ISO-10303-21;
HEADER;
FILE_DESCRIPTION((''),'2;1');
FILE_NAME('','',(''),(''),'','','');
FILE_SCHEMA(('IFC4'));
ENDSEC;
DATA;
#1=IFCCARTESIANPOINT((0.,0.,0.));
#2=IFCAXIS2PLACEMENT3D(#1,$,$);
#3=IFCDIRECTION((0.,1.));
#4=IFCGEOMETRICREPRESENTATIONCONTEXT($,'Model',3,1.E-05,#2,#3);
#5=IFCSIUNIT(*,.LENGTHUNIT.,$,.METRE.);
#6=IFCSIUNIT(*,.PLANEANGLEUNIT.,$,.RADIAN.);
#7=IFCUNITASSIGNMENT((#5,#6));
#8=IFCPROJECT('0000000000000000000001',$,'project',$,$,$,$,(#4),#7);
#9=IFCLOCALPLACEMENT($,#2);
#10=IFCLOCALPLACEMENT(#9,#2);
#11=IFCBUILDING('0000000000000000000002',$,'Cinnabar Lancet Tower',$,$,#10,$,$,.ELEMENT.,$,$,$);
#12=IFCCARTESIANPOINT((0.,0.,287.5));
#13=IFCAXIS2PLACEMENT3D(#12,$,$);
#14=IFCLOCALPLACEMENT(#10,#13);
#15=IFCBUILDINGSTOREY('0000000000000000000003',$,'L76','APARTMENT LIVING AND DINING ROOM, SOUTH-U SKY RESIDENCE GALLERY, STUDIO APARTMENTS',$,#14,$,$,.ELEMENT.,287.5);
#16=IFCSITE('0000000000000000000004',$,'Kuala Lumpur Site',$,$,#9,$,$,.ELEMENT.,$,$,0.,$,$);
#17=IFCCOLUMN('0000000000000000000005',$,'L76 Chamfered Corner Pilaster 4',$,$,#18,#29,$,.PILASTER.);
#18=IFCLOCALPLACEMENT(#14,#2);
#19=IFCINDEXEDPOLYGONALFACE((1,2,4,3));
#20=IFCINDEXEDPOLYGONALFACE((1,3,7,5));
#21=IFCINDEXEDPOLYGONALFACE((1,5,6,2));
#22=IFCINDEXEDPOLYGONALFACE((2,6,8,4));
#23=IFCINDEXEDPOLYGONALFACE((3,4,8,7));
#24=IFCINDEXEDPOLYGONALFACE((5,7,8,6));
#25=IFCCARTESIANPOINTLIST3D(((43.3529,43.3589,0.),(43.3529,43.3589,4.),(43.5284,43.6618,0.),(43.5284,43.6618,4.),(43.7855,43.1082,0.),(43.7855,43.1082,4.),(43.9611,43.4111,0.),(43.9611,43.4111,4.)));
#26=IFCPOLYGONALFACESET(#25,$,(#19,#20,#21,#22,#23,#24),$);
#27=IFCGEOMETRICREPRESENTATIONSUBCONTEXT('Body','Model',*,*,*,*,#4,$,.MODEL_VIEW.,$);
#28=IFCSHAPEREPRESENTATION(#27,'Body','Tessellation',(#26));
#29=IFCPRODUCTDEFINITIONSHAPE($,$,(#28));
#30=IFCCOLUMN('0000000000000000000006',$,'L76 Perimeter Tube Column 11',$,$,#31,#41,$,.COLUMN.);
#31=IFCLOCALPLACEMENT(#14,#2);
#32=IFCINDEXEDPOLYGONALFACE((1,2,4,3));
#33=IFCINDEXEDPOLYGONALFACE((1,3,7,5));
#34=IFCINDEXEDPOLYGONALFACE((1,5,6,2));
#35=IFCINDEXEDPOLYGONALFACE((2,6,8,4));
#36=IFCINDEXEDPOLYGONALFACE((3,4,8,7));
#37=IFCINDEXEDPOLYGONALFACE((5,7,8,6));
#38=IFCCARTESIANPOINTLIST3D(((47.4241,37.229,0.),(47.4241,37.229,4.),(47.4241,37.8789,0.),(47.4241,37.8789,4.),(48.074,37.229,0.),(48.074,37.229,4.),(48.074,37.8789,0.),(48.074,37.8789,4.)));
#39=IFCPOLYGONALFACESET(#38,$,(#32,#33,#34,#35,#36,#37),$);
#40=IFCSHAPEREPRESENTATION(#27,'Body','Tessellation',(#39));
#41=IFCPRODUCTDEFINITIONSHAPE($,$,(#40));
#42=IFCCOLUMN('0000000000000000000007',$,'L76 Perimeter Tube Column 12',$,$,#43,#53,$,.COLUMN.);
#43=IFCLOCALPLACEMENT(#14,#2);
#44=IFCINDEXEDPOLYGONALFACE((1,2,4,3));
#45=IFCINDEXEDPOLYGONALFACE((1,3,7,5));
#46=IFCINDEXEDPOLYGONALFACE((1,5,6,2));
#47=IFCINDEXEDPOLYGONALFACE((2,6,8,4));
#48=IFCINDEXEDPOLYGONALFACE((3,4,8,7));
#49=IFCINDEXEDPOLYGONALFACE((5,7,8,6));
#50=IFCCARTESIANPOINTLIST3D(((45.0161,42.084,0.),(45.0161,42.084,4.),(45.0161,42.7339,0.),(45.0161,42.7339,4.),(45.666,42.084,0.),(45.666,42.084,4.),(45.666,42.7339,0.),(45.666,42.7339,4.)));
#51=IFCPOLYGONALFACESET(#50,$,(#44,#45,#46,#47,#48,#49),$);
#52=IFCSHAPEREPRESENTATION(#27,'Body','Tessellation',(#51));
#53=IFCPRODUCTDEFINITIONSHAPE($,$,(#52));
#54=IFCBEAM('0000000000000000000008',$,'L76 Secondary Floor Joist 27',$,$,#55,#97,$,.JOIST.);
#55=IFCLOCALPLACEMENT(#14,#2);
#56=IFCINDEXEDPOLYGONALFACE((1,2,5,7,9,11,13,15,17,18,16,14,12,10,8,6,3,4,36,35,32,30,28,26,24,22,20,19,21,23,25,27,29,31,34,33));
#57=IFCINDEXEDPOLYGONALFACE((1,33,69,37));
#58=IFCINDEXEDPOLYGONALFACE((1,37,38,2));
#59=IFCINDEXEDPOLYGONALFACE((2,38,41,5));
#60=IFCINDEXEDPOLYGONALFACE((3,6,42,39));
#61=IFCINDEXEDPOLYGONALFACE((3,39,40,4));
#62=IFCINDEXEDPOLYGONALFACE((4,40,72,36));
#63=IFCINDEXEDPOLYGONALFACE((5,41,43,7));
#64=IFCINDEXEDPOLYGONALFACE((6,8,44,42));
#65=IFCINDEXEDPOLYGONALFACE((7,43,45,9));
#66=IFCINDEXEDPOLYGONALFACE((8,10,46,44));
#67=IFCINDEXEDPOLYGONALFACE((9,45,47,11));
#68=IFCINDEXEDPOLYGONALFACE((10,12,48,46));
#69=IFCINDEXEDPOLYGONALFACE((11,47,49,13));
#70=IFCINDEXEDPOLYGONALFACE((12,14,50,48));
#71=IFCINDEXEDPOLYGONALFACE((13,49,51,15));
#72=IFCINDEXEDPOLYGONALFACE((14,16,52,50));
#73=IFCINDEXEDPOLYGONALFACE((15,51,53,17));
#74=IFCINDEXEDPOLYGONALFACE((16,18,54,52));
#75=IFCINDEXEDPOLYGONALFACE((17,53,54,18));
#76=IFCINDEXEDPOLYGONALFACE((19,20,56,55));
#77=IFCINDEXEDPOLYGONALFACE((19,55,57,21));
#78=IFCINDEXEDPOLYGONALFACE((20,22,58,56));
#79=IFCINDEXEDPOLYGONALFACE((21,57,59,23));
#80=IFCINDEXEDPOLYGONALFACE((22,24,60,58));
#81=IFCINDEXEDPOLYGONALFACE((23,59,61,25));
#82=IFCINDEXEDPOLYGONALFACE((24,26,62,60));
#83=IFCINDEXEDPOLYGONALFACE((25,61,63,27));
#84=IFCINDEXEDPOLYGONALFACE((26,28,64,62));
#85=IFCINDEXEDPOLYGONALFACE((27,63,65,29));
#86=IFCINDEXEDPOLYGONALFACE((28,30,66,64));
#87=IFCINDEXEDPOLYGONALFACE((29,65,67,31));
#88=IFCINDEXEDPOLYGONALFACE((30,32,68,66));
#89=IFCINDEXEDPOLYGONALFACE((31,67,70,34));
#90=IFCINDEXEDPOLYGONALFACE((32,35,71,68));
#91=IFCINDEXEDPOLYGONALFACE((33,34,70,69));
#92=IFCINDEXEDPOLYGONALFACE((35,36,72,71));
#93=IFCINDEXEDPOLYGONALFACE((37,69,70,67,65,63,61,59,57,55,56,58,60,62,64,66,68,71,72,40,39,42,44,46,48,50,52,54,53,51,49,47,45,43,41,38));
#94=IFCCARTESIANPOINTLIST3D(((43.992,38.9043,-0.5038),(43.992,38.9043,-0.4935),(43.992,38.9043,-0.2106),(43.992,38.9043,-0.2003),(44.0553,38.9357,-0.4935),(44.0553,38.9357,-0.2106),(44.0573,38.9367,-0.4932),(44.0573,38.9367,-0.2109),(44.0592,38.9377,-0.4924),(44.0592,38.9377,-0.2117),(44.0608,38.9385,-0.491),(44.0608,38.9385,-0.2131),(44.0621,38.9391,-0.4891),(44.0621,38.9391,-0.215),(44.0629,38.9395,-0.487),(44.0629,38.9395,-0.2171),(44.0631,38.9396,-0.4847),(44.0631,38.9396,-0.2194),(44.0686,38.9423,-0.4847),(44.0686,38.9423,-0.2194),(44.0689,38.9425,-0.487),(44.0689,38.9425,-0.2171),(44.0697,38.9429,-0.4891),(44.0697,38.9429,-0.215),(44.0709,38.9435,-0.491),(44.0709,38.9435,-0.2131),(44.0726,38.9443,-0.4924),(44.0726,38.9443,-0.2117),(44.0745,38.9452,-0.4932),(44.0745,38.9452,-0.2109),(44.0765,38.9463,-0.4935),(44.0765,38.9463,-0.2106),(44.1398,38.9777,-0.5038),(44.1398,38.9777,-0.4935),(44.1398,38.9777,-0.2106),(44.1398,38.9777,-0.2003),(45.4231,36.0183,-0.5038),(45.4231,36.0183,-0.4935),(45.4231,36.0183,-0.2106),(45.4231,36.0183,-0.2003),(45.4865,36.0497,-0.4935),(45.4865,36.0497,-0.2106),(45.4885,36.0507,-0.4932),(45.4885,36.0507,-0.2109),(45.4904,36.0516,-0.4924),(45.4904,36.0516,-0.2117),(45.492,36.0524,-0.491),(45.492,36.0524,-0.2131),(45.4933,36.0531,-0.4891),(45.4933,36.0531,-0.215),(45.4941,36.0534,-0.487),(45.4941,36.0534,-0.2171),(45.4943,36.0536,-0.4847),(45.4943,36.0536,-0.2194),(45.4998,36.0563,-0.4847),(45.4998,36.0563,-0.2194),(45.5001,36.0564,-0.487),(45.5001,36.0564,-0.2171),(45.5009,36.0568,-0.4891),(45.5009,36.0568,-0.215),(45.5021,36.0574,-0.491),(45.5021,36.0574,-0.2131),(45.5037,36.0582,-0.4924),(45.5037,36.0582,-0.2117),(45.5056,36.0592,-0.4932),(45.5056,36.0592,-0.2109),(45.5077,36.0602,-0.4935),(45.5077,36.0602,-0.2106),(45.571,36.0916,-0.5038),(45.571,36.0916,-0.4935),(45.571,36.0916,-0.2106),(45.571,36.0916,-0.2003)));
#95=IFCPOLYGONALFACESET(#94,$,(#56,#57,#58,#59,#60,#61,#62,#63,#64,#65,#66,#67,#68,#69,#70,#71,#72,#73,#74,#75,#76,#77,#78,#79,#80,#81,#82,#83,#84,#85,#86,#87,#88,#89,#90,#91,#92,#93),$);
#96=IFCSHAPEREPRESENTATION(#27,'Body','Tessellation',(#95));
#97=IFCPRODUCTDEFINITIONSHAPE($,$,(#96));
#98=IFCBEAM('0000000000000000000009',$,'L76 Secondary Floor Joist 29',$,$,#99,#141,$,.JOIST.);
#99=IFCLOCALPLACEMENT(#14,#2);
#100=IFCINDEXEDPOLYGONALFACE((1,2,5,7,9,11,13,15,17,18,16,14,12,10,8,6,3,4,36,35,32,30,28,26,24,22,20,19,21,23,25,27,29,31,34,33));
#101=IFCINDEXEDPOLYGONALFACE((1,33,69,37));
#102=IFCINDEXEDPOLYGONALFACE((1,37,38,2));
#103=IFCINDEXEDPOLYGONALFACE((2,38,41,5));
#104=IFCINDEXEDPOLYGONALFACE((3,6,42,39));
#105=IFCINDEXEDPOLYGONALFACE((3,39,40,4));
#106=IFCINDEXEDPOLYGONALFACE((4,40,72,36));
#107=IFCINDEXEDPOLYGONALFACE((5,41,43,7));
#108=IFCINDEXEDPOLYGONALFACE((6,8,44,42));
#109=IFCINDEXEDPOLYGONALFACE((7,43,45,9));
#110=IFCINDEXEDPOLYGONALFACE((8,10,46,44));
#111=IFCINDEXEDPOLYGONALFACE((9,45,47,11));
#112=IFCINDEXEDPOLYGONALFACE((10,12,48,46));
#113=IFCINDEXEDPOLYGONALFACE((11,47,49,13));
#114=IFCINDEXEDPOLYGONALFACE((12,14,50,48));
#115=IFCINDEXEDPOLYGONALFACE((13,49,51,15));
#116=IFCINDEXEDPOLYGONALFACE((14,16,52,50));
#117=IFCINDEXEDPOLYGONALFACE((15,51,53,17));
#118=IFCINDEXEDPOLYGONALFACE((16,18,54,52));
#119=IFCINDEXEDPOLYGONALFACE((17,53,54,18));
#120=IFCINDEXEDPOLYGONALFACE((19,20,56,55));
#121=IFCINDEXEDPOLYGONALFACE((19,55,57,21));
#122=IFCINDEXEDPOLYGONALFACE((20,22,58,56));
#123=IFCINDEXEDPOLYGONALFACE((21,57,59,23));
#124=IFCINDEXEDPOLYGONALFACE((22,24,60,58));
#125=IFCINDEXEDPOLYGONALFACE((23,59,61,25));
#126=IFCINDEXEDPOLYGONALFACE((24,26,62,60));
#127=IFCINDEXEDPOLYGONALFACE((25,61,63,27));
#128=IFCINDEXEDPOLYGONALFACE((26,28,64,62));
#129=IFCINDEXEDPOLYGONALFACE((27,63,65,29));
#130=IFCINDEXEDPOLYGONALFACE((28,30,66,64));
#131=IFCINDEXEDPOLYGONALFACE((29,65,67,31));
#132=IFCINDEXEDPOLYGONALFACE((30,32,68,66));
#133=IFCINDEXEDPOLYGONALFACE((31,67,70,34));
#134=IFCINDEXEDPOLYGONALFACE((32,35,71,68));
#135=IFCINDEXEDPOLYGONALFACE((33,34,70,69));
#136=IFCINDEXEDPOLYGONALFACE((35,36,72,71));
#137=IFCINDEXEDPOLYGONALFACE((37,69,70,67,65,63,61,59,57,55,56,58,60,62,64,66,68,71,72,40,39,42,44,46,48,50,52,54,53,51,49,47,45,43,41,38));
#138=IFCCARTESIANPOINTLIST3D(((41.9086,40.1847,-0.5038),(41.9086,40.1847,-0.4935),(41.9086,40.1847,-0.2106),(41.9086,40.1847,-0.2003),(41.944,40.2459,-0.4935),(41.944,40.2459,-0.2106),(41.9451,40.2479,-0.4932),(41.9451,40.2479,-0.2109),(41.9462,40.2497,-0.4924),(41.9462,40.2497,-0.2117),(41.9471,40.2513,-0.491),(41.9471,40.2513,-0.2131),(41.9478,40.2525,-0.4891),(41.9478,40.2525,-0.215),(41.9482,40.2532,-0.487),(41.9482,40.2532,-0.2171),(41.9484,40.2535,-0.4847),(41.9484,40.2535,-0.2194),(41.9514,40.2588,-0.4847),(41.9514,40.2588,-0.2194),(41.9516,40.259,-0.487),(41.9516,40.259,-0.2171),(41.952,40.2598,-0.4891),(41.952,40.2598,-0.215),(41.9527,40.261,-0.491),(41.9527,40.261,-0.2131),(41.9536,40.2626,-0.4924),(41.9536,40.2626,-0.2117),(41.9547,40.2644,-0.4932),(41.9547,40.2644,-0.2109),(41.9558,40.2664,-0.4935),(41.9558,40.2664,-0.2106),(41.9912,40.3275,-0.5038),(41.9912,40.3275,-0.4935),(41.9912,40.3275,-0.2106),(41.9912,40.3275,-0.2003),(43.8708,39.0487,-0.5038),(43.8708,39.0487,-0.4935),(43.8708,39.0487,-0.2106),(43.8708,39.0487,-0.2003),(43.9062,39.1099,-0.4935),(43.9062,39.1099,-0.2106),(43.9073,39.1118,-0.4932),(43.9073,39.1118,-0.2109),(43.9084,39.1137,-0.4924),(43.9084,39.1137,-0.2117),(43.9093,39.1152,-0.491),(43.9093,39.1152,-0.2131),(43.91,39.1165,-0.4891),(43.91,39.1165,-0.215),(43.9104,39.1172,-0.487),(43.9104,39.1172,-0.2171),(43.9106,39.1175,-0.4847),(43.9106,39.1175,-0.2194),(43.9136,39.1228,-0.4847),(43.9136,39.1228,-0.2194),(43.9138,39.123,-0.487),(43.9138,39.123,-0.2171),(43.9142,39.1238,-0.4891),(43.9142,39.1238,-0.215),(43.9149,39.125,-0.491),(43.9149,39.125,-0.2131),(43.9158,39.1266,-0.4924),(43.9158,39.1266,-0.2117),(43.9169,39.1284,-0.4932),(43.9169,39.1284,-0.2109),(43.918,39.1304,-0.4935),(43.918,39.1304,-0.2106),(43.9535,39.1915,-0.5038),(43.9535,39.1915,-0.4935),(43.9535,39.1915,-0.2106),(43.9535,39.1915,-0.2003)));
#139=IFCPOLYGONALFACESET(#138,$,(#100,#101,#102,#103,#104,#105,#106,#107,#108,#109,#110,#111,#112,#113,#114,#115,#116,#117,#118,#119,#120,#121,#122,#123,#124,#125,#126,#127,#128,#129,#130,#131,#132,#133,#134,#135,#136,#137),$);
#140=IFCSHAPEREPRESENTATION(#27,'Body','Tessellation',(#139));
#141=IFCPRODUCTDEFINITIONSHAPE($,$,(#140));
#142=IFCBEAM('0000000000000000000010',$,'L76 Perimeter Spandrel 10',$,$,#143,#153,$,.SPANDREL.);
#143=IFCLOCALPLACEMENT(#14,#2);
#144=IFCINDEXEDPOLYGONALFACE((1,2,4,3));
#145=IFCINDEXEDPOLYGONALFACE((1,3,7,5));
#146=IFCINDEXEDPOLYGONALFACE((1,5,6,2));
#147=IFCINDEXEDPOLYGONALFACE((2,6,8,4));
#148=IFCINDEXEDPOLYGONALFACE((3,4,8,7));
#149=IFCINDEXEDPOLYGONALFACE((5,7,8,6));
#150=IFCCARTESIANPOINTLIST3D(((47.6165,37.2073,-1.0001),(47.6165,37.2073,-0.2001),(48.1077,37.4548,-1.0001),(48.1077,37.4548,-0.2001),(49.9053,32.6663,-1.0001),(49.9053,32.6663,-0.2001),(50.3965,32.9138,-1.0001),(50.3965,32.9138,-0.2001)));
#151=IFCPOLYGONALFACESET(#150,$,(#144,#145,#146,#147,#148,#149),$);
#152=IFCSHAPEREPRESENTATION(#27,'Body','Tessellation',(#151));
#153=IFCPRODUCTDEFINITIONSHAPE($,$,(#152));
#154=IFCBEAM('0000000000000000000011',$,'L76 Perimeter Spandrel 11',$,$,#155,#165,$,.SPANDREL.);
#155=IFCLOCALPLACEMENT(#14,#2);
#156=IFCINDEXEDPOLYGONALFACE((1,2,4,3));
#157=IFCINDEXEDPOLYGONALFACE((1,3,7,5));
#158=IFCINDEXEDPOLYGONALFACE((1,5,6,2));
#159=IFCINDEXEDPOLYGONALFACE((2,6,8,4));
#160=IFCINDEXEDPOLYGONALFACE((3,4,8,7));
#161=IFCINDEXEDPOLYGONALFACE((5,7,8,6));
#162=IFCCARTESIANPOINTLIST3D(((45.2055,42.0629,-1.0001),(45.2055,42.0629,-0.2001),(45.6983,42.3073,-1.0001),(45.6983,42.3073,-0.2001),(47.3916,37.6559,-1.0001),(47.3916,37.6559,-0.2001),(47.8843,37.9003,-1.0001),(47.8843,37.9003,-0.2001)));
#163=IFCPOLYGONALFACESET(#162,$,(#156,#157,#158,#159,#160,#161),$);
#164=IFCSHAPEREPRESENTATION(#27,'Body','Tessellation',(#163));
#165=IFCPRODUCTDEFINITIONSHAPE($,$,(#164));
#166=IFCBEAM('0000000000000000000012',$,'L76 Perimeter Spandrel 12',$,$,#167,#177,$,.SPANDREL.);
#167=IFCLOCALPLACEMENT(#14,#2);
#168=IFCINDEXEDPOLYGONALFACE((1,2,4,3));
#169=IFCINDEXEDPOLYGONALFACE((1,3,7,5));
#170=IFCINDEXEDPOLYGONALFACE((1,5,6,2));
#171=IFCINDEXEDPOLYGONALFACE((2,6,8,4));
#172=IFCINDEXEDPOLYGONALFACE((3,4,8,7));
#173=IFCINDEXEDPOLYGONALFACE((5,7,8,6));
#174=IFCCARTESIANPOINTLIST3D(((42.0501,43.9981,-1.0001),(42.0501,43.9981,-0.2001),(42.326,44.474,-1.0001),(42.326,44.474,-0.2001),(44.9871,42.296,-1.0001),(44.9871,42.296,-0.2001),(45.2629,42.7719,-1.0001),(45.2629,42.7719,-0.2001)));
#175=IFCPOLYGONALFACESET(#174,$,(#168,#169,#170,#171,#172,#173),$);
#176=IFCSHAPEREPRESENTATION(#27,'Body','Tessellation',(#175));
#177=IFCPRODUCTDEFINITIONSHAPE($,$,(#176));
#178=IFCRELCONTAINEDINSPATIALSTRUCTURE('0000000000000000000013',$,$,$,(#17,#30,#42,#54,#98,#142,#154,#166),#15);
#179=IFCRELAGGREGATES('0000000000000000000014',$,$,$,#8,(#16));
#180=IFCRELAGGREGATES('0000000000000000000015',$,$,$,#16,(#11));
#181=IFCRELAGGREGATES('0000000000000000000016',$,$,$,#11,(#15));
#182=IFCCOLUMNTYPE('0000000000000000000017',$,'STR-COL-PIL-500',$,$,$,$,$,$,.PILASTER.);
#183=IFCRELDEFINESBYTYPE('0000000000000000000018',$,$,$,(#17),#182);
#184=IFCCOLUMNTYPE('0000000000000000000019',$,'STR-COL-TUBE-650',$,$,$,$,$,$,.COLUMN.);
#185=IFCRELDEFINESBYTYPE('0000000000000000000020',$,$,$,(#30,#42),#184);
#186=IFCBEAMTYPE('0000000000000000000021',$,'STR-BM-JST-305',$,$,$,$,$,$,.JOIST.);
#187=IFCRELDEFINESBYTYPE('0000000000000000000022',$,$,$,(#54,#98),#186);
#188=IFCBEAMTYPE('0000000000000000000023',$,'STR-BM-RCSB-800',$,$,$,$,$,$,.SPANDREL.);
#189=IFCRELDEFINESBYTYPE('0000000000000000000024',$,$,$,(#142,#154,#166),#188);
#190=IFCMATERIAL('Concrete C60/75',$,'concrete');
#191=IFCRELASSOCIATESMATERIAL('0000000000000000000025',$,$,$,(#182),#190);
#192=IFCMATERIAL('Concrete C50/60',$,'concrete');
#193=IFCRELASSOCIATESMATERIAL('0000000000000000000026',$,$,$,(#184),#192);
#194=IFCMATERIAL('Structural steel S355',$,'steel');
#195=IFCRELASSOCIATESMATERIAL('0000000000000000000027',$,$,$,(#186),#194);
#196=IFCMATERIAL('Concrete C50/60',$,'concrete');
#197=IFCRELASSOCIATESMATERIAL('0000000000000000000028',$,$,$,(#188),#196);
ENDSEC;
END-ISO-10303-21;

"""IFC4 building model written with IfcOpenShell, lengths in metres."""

from ifc_helpers import new_model, si_unit, direction, frame, origin, origin_2d, place, context, subcontext, project, spatial, rectangle, i_section, extrude, material, material_profile, profile_set, type_object, element, save


model = new_model("IFC4")

# Units and contexts
model_context = context("Model", 3, precision=1e-05, world=origin(), true_north=direction((0.0, 1.0)))
body_context = subcontext(model_context, "Body", "Model", "MODEL_VIEW")
ifc_project = project(units=[si_unit("LENGTHUNIT", "METRE"), si_unit("PLANEANGLEUNIT", "RADIAN")], contexts=[model_context])

# Site, building, storey
site_placement = place(None, origin())
site = spatial("IfcSite", under=ifc_project, at=site_placement, Name="Kuala Lumpur Site", CompositionType="ELEMENT", RefElevation=0.0)
building_placement = place(site_placement, origin())
building = spatial("IfcBuilding", under=site, at=building_placement, Name="Cinnabar Lancet Tower", CompositionType="ELEMENT")
storey_placement = place(building_placement, frame((0.0, 0.0, 287.5)))
storey = spatial("IfcBuildingStorey", under=building, at=storey_placement, Name="L76", Description="APARTMENT LIVING AND DINING ROOM, SOUTH-U SKY RESIDENCE GALLERY, STUDIO APARTMENTS", CompositionType="ELEMENT", Elevation=287.5)

# Columns
ifc_material_1 = material(Name="Concrete C60/75", Category="concrete")
ifc_material_profile_1 = material_profile(ifc_material_1, rectangle(XDim=0.5, YDim=0.3501, at=origin_2d()), Name="RC-PIL 500x350")
ifc_profile_set_1 = profile_set([ifc_material_profile_1], Name="Concrete C60/75")
column_type_1 = type_object("IfcColumnType", Name="STR-COL-PIL-500", PredefinedType="PILASTER", material=ifc_profile_set_1)
column_placement = place(storey_placement, frame((43.657, 43.385, 0.0), z_axis=(0.0, 0.0, 1.0), x_axis=(-0.865256, 0.50133, 0.0)))
element("IfcColumn", 1, at=column_placement, inside=storey, type_object=column_type_1, Name="L76 Chamfered Corner Pilaster 4", PredefinedType="PILASTER", context=body_context, shape_type="SweptSolid", body=[
    extrude(rectangle(XDim=0.5, YDim=0.3501, at=origin_2d()), origin(), (0.0, 0.0, 1.0), 4.0),
])
ifc_material_2 = material(Name="Concrete C50/60", Category="concrete")
ifc_material_profile_2 = material_profile(ifc_material_2, rectangle(XDim=0.6499, YDim=0.6499, at=origin_2d()), Name="RC-COL 650x650")
ifc_profile_set_2 = profile_set([ifc_material_profile_2], Name="Concrete C50/60")
column_type_2 = type_object("IfcColumnType", Name="STR-COL-TUBE-650", PredefinedType="COLUMN", material=ifc_profile_set_2)
for number, where, z_axis, x_axis, name in (
    (2, (47.749, 37.554, 0.0), (0.0, 0.0, 1.0), (1.0, 0.0, 0.0), "L76 Perimeter Tube Column 11"),
    (3, (45.3411, 42.4089, 0.0), (0.0, 0.0, 1.0), (1.0, 0.0, 0.0), "L76 Perimeter Tube Column 12"),
):
    element("IfcColumn", number, at=place(storey_placement, frame(where, z_axis=z_axis, x_axis=x_axis)), inside=storey, type_object=column_type_2, Name=name, PredefinedType="COLUMN", context=body_context, shape_type="SweptSolid", body=[
        extrude(rectangle(XDim=0.6499, YDim=0.6499, at=origin_2d()), origin(), (0.0, 0.0, 1.0), 4.0),
    ])

# Beams
ifc_material_3 = material(Name="Structural steel S355", Category="steel")
ifc_material_profile_3 = material_profile(ifc_material_3, i_section(OverallWidth=0.165, OverallDepth=0.3035, WebThickness=0.0061, FlangeThickness=0.0103, FilletRadius=0.0088, at=origin_2d()), Name="UKB 305x165x40")
ifc_profile_set_3 = profile_set([ifc_material_profile_3], Name="Structural steel S355")
beam_type_1 = type_object("IfcBeamType", Name="STR-BM-JST-305", PredefinedType="JOIST", material=ifc_profile_set_3)
beam_1_placement = place(storey_placement, frame((45.4971, 36.0549, -0.3521), z_axis=(-0.444271, 0.895893, 0.0), x_axis=(-0.895893, -0.444271, 0.0)))
element("IfcBeam", 4, at=beam_1_placement, inside=storey, type_object=beam_type_1, Name="L76 Secondary Floor Joist 27", PredefinedType="JOIST", context=body_context, shape_type="SweptSolid", body=[
    extrude(i_section(OverallWidth=0.165, OverallDepth=0.3035, WebThickness=0.0061, FlangeThickness=0.0103, FilletRadius=0.0088, at=origin_2d()), origin(), (0.0, 0.0, 1.0), 3.2214),
])
beam_2_placement = place(storey_placement, frame((43.9121, 39.1201, -0.3521), z_axis=(-0.865426, 0.501036, 0.0), x_axis=(-0.501036, -0.865426, 0.0)))
element("IfcBeam", 5, at=beam_2_placement, inside=storey, type_object=beam_type_1, Name="L76 Secondary Floor Joist 29", PredefinedType="JOIST", context=body_context, shape_type="SweptSolid", body=[
    extrude(i_section(OverallWidth=0.165, OverallDepth=0.3035, WebThickness=0.0061, FlangeThickness=0.0103, FilletRadius=0.0088, at=origin_2d()), origin(), (0.0, 0.0, 1.0), 2.2673),
])
ifc_material_4 = material(Name="Concrete C50/60", Category="concrete")
ifc_material_profile_4 = material_profile(ifc_material_4, rectangle(XDim=0.55, YDim=0.8, at=origin_2d()), Name="RC-SB 550x800")
ifc_profile_set_4 = profile_set([ifc_material_profile_4], Name="Concrete C50/60")
beam_type_2 = type_object("IfcBeamType", Name="STR-BM-RCSB-800", PredefinedType="SPANDREL", material=ifc_profile_set_4)
beam_3_placement = place(storey_placement, frame((50.1509, 32.79, -0.6001), z_axis=(-0.450092, 0.892982, 0.0), x_axis=(-0.892982, -0.450092, 0.0)))
element("IfcBeam", 6, at=beam_3_placement, inside=storey, type_object=beam_type_2, Name="L76 Perimeter Spandrel 10", PredefinedType="SPANDREL", context=body_context, shape_type="SweptSolid", body=[
    extrude(rectangle(XDim=0.55, YDim=0.8, at=origin_2d()), origin(), (0.0, 0.0, 1.0), 5.0852),
])
beam_4_placement = place(storey_placement, frame((47.6379, 37.7781, -0.6001), z_axis=(-0.444373, 0.895842, 0.0), x_axis=(-0.895842, -0.444373, 0.0)))
element("IfcBeam", 7, at=beam_4_placement, inside=storey, type_object=beam_type_2, Name="L76 Perimeter Spandrel 11", PredefinedType="SPANDREL", context=body_context, shape_type="SweptSolid", body=[
    extrude(rectangle(XDim=0.55, YDim=0.8, at=origin_2d()), origin(), (0.0, 0.0, 1.0), 4.9194),
])
beam_5_placement = place(storey_placement, frame((45.125, 42.5339, -0.6001), z_axis=(-0.8652, 0.501427, 0.0), x_axis=(-0.501427, -0.8652, 0.0)))
element("IfcBeam", 8, at=beam_5_placement, inside=storey, type_object=beam_type_2, Name="L76 Perimeter Spandrel 12", PredefinedType="SPANDREL", context=body_context, shape_type="SweptSolid", body=[
    extrude(rectangle(XDim=0.55, YDim=0.8, at=origin_2d()), origin(), (0.0, 0.0, 1.0), 3.3945),
])

save(model, "model.ifc")
